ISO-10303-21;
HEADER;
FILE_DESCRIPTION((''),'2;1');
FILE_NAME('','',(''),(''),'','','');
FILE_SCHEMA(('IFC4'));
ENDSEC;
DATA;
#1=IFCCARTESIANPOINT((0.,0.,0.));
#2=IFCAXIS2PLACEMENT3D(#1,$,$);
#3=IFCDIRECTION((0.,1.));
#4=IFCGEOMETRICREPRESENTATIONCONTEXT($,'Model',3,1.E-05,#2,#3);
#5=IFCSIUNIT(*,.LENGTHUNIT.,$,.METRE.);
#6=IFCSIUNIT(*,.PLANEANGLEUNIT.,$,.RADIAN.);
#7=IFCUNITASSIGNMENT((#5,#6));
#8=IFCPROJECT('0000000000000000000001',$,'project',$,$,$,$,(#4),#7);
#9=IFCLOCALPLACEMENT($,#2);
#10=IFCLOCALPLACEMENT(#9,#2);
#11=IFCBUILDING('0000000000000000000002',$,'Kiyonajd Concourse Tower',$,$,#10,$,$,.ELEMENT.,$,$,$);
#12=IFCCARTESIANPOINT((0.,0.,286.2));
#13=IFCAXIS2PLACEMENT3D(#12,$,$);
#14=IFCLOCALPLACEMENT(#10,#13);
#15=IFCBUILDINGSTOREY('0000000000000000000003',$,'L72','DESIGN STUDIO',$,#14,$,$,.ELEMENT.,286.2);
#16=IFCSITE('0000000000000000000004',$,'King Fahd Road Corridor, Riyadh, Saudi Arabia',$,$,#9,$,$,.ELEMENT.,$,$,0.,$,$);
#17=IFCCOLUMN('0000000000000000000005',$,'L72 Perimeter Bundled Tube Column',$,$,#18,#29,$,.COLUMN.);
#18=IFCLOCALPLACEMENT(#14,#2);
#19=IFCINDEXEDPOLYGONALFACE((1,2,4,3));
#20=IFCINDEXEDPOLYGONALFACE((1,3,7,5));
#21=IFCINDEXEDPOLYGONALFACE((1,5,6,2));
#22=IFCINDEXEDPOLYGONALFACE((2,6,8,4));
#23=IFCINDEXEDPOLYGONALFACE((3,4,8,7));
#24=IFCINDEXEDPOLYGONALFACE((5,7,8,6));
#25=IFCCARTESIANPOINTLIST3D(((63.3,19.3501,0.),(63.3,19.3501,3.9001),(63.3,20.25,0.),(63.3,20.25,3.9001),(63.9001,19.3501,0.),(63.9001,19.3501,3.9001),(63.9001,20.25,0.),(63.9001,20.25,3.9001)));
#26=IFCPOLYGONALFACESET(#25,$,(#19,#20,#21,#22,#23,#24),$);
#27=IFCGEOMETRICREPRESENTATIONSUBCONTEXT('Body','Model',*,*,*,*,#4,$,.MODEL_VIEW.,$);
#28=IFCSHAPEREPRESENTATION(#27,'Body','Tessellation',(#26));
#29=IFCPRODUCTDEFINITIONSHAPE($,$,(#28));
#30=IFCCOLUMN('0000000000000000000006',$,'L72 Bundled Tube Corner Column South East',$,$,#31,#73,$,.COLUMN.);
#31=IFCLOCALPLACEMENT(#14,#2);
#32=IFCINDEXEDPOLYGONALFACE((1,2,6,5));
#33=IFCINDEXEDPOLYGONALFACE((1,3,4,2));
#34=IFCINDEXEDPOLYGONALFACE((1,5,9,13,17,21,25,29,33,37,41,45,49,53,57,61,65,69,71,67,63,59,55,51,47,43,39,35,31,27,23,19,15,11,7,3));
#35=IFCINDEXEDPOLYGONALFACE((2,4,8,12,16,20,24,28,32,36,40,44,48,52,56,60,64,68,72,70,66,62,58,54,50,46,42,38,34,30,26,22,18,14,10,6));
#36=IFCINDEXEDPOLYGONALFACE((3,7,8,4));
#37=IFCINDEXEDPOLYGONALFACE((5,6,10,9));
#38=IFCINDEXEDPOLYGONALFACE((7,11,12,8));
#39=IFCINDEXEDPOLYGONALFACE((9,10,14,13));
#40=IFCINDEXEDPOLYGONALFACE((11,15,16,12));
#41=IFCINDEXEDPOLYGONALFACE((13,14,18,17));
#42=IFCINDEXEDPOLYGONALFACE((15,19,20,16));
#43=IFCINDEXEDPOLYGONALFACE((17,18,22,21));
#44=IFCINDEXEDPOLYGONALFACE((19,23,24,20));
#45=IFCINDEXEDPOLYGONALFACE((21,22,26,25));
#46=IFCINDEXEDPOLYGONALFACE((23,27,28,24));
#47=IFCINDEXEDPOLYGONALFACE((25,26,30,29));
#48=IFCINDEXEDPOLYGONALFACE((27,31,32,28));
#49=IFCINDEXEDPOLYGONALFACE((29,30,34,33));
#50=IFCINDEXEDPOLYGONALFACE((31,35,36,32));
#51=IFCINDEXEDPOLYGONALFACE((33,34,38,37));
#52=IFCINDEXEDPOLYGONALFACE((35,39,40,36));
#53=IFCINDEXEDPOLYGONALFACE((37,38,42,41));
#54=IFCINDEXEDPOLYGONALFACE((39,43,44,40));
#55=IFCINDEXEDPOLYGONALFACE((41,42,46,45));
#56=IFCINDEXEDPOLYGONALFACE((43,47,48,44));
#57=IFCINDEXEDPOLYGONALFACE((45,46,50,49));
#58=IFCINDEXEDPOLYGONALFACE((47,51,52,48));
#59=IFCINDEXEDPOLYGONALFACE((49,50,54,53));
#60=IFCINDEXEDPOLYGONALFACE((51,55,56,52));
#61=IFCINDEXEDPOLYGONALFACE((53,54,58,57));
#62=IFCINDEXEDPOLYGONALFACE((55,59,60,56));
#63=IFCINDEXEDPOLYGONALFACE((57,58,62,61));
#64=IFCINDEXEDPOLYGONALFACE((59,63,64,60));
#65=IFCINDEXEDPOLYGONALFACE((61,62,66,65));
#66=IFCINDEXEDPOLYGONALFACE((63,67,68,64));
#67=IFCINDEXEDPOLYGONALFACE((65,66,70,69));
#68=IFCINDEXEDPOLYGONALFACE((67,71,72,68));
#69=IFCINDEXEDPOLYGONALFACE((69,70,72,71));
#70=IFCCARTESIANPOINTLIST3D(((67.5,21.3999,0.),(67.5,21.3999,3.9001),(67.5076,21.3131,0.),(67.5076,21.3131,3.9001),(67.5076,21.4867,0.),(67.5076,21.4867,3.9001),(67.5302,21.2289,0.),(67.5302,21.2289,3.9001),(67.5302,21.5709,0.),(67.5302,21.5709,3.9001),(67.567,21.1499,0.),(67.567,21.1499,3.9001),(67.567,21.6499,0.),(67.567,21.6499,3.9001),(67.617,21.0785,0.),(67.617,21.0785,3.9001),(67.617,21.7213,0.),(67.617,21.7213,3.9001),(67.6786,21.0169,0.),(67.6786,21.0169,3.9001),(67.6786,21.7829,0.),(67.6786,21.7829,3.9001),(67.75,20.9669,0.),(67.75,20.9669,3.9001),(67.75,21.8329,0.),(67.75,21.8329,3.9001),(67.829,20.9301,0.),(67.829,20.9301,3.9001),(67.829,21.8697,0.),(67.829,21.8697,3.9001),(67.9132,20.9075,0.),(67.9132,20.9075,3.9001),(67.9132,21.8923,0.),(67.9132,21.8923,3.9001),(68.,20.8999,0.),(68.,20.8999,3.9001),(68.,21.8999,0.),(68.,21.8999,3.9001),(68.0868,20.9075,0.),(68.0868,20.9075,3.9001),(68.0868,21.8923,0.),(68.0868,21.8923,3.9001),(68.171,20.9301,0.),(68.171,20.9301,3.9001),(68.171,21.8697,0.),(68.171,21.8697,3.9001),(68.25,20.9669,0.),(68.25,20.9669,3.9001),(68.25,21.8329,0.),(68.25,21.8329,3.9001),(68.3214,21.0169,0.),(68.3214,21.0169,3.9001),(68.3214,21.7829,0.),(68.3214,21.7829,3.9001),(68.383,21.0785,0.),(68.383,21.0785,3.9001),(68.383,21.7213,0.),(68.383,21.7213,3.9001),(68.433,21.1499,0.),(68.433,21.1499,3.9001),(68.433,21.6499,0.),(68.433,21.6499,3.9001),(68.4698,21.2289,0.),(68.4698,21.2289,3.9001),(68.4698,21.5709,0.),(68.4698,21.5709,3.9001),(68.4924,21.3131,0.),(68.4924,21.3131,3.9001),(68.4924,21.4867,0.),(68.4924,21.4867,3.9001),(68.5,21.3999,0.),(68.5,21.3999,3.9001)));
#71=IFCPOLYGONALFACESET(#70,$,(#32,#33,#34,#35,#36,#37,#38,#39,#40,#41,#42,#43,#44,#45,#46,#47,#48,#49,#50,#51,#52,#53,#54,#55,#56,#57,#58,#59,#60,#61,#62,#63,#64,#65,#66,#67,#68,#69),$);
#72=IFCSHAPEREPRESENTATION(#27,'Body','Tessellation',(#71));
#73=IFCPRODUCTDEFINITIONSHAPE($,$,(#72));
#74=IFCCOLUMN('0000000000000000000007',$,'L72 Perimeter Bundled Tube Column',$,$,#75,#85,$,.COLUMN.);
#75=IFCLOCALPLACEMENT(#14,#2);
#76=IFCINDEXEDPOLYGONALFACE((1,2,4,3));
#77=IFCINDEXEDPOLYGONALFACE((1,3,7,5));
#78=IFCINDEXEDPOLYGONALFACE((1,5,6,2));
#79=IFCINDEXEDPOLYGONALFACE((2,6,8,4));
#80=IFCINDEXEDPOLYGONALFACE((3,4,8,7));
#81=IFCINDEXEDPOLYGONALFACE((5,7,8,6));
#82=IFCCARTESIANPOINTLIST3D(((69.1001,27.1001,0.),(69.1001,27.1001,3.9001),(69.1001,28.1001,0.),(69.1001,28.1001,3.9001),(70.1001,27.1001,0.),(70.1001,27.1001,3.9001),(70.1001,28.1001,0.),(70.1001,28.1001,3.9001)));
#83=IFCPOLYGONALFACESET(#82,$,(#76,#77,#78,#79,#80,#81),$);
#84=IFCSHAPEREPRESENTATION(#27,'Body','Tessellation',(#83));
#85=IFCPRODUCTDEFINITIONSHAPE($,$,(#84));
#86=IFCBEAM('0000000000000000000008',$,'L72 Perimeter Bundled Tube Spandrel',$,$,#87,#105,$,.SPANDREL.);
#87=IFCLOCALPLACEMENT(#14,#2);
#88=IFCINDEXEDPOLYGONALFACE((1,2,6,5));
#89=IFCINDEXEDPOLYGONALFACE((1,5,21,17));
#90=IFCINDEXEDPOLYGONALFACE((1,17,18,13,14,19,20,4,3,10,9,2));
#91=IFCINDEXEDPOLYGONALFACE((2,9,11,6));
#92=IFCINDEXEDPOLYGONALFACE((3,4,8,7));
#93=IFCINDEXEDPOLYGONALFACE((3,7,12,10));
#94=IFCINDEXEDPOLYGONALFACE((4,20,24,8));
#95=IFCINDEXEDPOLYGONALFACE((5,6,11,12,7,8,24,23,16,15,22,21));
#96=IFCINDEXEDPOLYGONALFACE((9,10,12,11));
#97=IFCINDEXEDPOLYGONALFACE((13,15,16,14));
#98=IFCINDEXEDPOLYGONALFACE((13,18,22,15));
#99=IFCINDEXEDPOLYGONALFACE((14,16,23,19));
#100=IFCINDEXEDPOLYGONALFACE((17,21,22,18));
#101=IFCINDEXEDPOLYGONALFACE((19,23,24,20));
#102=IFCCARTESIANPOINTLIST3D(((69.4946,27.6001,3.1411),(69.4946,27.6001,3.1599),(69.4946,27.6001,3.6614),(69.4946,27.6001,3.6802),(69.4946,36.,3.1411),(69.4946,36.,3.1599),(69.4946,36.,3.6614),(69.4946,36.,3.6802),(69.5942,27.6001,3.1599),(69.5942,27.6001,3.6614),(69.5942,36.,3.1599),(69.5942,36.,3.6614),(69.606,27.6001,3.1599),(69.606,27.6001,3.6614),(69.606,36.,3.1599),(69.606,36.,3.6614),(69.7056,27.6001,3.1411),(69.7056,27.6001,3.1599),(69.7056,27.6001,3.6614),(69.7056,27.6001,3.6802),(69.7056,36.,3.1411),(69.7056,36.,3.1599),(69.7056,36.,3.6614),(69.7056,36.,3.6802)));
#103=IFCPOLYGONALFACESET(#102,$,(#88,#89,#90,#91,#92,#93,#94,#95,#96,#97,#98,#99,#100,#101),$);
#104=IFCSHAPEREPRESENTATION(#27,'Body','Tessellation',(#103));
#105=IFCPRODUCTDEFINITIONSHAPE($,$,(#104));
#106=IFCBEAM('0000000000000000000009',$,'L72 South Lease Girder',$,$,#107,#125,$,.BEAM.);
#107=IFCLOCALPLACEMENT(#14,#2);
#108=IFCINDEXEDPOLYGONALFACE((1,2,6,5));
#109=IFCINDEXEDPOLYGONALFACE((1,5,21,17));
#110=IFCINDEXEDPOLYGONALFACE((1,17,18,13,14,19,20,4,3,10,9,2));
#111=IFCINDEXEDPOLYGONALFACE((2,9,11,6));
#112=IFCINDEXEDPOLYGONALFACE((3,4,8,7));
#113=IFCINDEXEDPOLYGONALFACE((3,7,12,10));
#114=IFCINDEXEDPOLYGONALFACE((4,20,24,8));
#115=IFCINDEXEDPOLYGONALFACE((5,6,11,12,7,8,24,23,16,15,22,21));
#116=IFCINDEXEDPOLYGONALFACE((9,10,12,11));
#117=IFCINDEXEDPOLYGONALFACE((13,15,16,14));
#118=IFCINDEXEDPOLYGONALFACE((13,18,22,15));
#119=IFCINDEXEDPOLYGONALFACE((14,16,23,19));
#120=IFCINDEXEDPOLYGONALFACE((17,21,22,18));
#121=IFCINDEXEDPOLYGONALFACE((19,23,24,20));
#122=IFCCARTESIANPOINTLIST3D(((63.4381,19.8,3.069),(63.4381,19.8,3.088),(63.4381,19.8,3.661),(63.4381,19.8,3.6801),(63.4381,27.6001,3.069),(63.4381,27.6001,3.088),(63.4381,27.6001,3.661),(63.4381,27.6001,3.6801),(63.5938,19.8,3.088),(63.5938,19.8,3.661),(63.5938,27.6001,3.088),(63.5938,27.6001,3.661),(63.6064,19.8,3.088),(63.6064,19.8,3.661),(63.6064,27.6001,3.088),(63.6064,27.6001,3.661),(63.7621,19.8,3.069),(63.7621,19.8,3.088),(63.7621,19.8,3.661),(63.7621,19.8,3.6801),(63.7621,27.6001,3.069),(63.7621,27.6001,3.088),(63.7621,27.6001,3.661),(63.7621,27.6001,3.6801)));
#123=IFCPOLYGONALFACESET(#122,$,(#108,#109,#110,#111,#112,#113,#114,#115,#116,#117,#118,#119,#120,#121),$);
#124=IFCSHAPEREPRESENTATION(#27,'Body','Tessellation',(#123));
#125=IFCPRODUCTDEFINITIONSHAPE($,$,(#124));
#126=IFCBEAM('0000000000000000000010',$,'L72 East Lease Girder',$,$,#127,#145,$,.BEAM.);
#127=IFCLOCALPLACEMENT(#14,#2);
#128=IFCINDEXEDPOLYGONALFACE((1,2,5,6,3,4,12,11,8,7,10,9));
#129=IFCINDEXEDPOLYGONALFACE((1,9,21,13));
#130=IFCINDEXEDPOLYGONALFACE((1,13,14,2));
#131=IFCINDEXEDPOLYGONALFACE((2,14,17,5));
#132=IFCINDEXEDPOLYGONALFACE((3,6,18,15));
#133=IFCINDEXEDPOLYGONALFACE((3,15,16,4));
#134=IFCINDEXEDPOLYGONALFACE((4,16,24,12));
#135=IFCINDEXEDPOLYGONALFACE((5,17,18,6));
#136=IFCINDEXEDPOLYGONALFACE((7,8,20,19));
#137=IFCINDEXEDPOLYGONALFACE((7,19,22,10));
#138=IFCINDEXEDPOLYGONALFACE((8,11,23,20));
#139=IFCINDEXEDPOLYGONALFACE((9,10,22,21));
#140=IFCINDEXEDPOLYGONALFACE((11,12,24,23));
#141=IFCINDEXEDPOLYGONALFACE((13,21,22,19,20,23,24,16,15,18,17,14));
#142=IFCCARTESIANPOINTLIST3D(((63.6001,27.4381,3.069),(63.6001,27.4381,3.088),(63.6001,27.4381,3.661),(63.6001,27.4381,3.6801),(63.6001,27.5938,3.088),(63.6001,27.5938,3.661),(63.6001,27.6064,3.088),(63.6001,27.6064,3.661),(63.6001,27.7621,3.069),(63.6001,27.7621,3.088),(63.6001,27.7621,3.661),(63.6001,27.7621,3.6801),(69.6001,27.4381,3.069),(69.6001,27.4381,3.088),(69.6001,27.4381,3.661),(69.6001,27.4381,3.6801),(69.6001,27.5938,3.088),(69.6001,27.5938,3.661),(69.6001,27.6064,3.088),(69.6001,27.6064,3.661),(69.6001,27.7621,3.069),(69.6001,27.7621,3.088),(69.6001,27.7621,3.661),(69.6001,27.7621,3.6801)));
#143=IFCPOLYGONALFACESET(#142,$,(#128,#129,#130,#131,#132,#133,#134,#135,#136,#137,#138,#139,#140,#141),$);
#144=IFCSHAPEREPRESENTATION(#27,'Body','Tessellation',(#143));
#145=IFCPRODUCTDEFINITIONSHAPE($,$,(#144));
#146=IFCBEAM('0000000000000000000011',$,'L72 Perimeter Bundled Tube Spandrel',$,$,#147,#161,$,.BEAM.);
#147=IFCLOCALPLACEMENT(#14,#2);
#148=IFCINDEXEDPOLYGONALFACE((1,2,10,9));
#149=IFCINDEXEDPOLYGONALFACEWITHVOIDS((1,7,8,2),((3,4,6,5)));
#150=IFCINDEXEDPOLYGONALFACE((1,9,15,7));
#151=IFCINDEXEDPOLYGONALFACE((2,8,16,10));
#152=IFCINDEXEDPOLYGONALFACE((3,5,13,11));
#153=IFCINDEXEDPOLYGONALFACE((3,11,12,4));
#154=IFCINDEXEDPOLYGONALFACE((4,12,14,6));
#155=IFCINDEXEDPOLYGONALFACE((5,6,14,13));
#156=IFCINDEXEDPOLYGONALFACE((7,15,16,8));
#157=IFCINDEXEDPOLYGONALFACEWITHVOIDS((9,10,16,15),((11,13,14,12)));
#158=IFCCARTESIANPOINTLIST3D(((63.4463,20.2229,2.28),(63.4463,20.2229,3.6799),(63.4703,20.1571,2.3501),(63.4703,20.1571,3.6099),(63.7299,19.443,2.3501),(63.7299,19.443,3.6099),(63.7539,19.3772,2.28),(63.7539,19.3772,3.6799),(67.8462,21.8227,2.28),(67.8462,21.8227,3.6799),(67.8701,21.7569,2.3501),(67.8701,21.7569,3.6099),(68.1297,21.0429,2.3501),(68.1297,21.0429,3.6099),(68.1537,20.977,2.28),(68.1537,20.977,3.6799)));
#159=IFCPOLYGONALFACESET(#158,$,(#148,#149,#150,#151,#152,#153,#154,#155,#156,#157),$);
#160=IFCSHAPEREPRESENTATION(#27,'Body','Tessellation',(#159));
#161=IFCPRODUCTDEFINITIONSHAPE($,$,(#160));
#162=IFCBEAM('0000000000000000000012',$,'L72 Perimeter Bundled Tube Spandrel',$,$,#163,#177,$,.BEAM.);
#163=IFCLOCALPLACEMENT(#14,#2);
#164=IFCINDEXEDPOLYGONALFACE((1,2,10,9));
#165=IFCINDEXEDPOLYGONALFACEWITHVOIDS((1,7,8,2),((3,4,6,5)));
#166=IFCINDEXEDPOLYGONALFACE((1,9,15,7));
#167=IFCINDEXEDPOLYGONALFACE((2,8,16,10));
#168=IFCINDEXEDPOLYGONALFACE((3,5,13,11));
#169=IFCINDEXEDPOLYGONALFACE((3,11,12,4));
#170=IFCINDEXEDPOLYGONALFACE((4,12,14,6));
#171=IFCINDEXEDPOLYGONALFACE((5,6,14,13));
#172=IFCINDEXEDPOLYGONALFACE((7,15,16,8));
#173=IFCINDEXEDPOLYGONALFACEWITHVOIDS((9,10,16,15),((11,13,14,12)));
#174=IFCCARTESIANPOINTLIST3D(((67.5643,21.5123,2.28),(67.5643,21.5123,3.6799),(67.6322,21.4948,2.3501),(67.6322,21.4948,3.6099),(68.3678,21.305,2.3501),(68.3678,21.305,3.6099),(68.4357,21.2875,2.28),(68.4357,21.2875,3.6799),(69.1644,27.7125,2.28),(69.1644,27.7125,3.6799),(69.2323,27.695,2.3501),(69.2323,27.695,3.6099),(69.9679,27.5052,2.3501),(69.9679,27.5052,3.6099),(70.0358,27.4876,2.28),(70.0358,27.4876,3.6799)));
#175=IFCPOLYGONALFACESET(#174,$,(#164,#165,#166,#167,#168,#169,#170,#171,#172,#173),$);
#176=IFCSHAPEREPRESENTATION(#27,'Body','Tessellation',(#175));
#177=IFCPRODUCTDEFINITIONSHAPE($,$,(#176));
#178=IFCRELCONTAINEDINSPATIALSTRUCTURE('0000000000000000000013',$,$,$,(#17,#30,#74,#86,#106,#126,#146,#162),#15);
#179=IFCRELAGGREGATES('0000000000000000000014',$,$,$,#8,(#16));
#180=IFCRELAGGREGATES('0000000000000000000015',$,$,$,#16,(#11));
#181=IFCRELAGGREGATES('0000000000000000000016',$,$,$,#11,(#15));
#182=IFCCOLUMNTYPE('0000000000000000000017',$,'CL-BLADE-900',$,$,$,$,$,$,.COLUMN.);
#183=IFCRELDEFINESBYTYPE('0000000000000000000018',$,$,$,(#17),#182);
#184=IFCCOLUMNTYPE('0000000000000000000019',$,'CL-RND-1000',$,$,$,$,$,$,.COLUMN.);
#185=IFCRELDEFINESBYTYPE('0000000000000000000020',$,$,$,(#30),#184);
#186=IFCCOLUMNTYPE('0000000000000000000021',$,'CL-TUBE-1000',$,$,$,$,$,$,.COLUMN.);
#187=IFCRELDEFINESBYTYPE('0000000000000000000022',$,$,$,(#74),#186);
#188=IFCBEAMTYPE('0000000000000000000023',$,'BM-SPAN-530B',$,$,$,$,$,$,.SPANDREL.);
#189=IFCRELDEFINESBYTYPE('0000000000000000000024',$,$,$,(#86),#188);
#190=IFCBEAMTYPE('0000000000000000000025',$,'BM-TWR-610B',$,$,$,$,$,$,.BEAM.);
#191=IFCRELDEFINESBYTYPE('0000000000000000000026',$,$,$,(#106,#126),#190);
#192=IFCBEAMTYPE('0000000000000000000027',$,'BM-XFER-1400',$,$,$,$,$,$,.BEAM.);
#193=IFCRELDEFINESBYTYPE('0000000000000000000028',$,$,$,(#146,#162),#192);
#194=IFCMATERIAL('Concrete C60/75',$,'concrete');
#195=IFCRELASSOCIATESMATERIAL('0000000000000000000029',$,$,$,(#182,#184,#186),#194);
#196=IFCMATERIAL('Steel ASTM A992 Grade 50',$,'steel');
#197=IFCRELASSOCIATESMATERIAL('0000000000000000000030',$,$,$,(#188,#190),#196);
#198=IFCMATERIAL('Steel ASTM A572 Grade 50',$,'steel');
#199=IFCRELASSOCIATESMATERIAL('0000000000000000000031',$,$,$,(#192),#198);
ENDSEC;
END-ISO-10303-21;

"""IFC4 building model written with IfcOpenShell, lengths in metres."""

from ifc_helpers import new_model, si_unit, direction, frame, origin, origin_2d, place, context, subcontext, project, spatial, rectangle, hollow_rectangle, circle, i_section, extrude, material, material_profile, profile_set, type_object, element, save


model = new_model("IFC4")

# Units and contexts
model_context = context("Model", 3, precision=1e-05, world=origin(), true_north=direction((0.0, 1.0)))
body_context = subcontext(model_context, "Body", "Model", "MODEL_VIEW")
ifc_project = project(units=[si_unit("LENGTHUNIT", "METRE"), si_unit("PLANEANGLEUNIT", "RADIAN")], contexts=[model_context])

# Site, building, storey
site_placement = place(None, origin())
site = spatial("IfcSite", under=ifc_project, at=site_placement, Name="King Fahd Road Corridor, Riyadh, Saudi Arabia", CompositionType="ELEMENT", RefElevation=0.0)
building_placement = place(site_placement, origin())
building = spatial("IfcBuilding", under=site, at=building_placement, Name="Kiyonajd Concourse Tower", CompositionType="ELEMENT")
storey_placement = place(building_placement, frame((0.0, 0.0, 286.2)))
storey = spatial("IfcBuildingStorey", under=building, at=storey_placement, Name="L72", Description="DESIGN STUDIO", CompositionType="ELEMENT", Elevation=286.2)

# Columns
ifc_material_1 = material(Name="Concrete C60/75", Category="concrete")
ifc_material_profile_1 = material_profile(ifc_material_1, rectangle(XDim=0.6001, YDim=0.8999, at=origin_2d()), Name="RC-900x600")
ifc_profile_set_1 = profile_set([ifc_material_profile_1], Name="Concrete C60/75")
column_type_1 = type_object("IfcColumnType", Name="CL-BLADE-900", PredefinedType="COLUMN", material=ifc_profile_set_1)
column_1_placement = place(storey_placement, frame((63.6001, 19.8, 0.0), z_axis=(0.0, 0.0, 1.0), x_axis=(1.0, 0.0, 0.0)))
element("IfcColumn", 1, at=column_1_placement, inside=storey, type_object=column_type_1, Name="L72 Perimeter Bundled Tube Column", PredefinedType="COLUMN", context=body_context, shape_type="SweptSolid", body=[
    extrude(rectangle(XDim=0.6001, YDim=0.8999, at=origin_2d()), origin(), (0.0, 0.0, 1.0), 3.9001),
])
ifc_material_profile_2 = material_profile(ifc_material_1, circle(Radius=0.5, at=origin_2d()), Name="RCC-D1000")
ifc_profile_set_2 = profile_set([ifc_material_profile_2], Name="Concrete C60/75")
column_type_2 = type_object("IfcColumnType", Name="CL-RND-1000", PredefinedType="COLUMN", material=ifc_profile_set_2)
column_2_placement = place(storey_placement, frame((68.0, 21.3999, 0.0), z_axis=(0.0, 0.0, 1.0), x_axis=(1.0, 0.0, 0.0)))
element("IfcColumn", 2, at=column_2_placement, inside=storey, type_object=column_type_2, Name="L72 Bundled Tube Corner Column South East", PredefinedType="COLUMN", context=body_context, shape_type="SweptSolid", body=[
    extrude(circle(Radius=0.5, at=origin_2d()), origin(), (0.0, 0.0, 1.0), 3.9001),
])
ifc_material_profile_3 = material_profile(ifc_material_1, rectangle(XDim=1.0, YDim=1.0, at=origin_2d()), Name="RC-1000x1000")
ifc_profile_set_3 = profile_set([ifc_material_profile_3], Name="Concrete C60/75")
column_type_3 = type_object("IfcColumnType", Name="CL-TUBE-1000", PredefinedType="COLUMN", material=ifc_profile_set_3)
column_3_placement = place(storey_placement, frame((69.6001, 27.6001, 0.0), z_axis=(0.0, 0.0, 1.0), x_axis=(1.0, 0.0, 0.0)))
element("IfcColumn", 3, at=column_3_placement, inside=storey, type_object=column_type_3, Name="L72 Perimeter Bundled Tube Column", PredefinedType="COLUMN", context=body_context, shape_type="SweptSolid", body=[
    extrude(rectangle(XDim=1.0, YDim=1.0, at=origin_2d()), origin(), (0.0, 0.0, 1.0), 3.9001),
])

# Beams
ifc_material_2 = material(Name="Steel ASTM A992 Grade 50", Category="steel")
ifc_material_profile_4 = material_profile(ifc_material_2, i_section(OverallWidth=0.2109, OverallDepth=0.5391, WebThickness=0.0117, FlangeThickness=0.0188, at=origin_2d()), Name="W530X109")
ifc_profile_set_4 = profile_set([ifc_material_profile_4], Name="Steel ASTM A992 Grade 50")
beam_type_1 = type_object("IfcBeamType", Name="BM-SPAN-530B", PredefinedType="SPANDREL", material=ifc_profile_set_4)
beam_1_placement = place(storey_placement, frame((69.6001, 27.6001, 3.4106), z_axis=(0.0, 1.0, 0.0), x_axis=(-1.0, 0.0, 0.0)))
element("IfcBeam", 4, at=beam_1_placement, inside=storey, type_object=beam_type_1, Name="L72 Perimeter Bundled Tube Spandrel", PredefinedType="SPANDREL", context=body_context, shape_type="SweptSolid", body=[
    extrude(i_section(OverallWidth=0.2109, OverallDepth=0.5391, WebThickness=0.0117, FlangeThickness=0.0188, at=origin_2d()), origin(), (0.0, 0.0, 1.0), 8.3999),
])
ifc_material_profile_5 = material_profile(ifc_material_2, i_section(OverallWidth=0.324, OverallDepth=0.6111, WebThickness=0.0127, FlangeThickness=0.019, at=origin_2d()), Name="W610X155")
ifc_profile_set_5 = profile_set([ifc_material_profile_5], Name="Steel ASTM A992 Grade 50")
beam_type_2 = type_object("IfcBeamType", Name="BM-TWR-610B", PredefinedType="BEAM", material=ifc_profile_set_5)
beam_2_placement = place(storey_placement, frame((63.6001, 19.8, 3.3745), z_axis=(0.0, 1.0, 0.0), x_axis=(-1.0, 0.0, 0.0)))
element("IfcBeam", 5, at=beam_2_placement, inside=storey, type_object=beam_type_2, Name="L72 South Lease Girder", PredefinedType="BEAM", context=body_context, shape_type="SweptSolid", body=[
    extrude(i_section(OverallWidth=0.324, OverallDepth=0.6111, WebThickness=0.0127, FlangeThickness=0.019, at=origin_2d()), origin(), (0.0, 0.0, 1.0), 7.8),
])
beam_3_placement = place(storey_placement, frame((63.6001, 27.6001, 3.3745), z_axis=(1.0, 0.0, 0.0), x_axis=(0.0, 1.0, 0.0)))
element("IfcBeam", 6, at=beam_3_placement, inside=storey, type_object=beam_type_2, Name="L72 East Lease Girder", PredefinedType="BEAM", context=body_context, shape_type="SweptSolid", body=[
    extrude(i_section(OverallWidth=0.324, OverallDepth=0.6111, WebThickness=0.0127, FlangeThickness=0.019, at=origin_2d()), origin(), (0.0, 0.0, 1.0), 6.0),
])
ifc_material_3 = material(Name="Steel ASTM A572 Grade 50", Category="steel")
ifc_material_profile_6 = material_profile(ifc_material_3, hollow_rectangle(XDim=0.8999, YDim=1.3999, WallThickness=0.0701, at=origin_2d()), Name="BOX-1400x900x70")
ifc_profile_set_6 = profile_set([ifc_material_profile_6], Name="Steel ASTM A572 Grade 50")
beam_type_3 = type_object("IfcBeamType", Name="BM-XFER-1400", PredefinedType="BEAM", material=ifc_profile_set_6)
beam_4_placement = place(storey_placement, frame((63.6001, 19.8, 2.98), z_axis=(0.939801, 0.341722, 0.0), x_axis=(-0.341722, 0.939801, 0.0)))
element("IfcBeam", 7, at=beam_4_placement, inside=storey, type_object=beam_type_3, Name="L72 Perimeter Bundled Tube Spandrel", PredefinedType="BEAM", context=body_context, shape_type="SweptSolid", body=[
    extrude(hollow_rectangle(XDim=0.8999, YDim=1.3999, WallThickness=0.0701, at=origin_2d()), origin(), (0.0, 0.0, 1.0), 4.6816),
])
beam_5_placement = place(storey_placement, frame((68.0, 21.3999, 2.98), z_axis=(0.249885, 0.968276, 0.0), x_axis=(-0.968276, 0.249885, 0.0)))
element("IfcBeam", 8, at=beam_5_placement, inside=storey, type_object=beam_type_3, Name="L72 Perimeter Bundled Tube Spandrel", PredefinedType="BEAM", context=body_context, shape_type="SweptSolid", body=[
    extrude(hollow_rectangle(XDim=0.8999, YDim=1.3999, WallThickness=0.0701, at=origin_2d()), origin(), (0.0, 0.0, 1.0), 6.4033),
])

save(model, "model.ifc")
